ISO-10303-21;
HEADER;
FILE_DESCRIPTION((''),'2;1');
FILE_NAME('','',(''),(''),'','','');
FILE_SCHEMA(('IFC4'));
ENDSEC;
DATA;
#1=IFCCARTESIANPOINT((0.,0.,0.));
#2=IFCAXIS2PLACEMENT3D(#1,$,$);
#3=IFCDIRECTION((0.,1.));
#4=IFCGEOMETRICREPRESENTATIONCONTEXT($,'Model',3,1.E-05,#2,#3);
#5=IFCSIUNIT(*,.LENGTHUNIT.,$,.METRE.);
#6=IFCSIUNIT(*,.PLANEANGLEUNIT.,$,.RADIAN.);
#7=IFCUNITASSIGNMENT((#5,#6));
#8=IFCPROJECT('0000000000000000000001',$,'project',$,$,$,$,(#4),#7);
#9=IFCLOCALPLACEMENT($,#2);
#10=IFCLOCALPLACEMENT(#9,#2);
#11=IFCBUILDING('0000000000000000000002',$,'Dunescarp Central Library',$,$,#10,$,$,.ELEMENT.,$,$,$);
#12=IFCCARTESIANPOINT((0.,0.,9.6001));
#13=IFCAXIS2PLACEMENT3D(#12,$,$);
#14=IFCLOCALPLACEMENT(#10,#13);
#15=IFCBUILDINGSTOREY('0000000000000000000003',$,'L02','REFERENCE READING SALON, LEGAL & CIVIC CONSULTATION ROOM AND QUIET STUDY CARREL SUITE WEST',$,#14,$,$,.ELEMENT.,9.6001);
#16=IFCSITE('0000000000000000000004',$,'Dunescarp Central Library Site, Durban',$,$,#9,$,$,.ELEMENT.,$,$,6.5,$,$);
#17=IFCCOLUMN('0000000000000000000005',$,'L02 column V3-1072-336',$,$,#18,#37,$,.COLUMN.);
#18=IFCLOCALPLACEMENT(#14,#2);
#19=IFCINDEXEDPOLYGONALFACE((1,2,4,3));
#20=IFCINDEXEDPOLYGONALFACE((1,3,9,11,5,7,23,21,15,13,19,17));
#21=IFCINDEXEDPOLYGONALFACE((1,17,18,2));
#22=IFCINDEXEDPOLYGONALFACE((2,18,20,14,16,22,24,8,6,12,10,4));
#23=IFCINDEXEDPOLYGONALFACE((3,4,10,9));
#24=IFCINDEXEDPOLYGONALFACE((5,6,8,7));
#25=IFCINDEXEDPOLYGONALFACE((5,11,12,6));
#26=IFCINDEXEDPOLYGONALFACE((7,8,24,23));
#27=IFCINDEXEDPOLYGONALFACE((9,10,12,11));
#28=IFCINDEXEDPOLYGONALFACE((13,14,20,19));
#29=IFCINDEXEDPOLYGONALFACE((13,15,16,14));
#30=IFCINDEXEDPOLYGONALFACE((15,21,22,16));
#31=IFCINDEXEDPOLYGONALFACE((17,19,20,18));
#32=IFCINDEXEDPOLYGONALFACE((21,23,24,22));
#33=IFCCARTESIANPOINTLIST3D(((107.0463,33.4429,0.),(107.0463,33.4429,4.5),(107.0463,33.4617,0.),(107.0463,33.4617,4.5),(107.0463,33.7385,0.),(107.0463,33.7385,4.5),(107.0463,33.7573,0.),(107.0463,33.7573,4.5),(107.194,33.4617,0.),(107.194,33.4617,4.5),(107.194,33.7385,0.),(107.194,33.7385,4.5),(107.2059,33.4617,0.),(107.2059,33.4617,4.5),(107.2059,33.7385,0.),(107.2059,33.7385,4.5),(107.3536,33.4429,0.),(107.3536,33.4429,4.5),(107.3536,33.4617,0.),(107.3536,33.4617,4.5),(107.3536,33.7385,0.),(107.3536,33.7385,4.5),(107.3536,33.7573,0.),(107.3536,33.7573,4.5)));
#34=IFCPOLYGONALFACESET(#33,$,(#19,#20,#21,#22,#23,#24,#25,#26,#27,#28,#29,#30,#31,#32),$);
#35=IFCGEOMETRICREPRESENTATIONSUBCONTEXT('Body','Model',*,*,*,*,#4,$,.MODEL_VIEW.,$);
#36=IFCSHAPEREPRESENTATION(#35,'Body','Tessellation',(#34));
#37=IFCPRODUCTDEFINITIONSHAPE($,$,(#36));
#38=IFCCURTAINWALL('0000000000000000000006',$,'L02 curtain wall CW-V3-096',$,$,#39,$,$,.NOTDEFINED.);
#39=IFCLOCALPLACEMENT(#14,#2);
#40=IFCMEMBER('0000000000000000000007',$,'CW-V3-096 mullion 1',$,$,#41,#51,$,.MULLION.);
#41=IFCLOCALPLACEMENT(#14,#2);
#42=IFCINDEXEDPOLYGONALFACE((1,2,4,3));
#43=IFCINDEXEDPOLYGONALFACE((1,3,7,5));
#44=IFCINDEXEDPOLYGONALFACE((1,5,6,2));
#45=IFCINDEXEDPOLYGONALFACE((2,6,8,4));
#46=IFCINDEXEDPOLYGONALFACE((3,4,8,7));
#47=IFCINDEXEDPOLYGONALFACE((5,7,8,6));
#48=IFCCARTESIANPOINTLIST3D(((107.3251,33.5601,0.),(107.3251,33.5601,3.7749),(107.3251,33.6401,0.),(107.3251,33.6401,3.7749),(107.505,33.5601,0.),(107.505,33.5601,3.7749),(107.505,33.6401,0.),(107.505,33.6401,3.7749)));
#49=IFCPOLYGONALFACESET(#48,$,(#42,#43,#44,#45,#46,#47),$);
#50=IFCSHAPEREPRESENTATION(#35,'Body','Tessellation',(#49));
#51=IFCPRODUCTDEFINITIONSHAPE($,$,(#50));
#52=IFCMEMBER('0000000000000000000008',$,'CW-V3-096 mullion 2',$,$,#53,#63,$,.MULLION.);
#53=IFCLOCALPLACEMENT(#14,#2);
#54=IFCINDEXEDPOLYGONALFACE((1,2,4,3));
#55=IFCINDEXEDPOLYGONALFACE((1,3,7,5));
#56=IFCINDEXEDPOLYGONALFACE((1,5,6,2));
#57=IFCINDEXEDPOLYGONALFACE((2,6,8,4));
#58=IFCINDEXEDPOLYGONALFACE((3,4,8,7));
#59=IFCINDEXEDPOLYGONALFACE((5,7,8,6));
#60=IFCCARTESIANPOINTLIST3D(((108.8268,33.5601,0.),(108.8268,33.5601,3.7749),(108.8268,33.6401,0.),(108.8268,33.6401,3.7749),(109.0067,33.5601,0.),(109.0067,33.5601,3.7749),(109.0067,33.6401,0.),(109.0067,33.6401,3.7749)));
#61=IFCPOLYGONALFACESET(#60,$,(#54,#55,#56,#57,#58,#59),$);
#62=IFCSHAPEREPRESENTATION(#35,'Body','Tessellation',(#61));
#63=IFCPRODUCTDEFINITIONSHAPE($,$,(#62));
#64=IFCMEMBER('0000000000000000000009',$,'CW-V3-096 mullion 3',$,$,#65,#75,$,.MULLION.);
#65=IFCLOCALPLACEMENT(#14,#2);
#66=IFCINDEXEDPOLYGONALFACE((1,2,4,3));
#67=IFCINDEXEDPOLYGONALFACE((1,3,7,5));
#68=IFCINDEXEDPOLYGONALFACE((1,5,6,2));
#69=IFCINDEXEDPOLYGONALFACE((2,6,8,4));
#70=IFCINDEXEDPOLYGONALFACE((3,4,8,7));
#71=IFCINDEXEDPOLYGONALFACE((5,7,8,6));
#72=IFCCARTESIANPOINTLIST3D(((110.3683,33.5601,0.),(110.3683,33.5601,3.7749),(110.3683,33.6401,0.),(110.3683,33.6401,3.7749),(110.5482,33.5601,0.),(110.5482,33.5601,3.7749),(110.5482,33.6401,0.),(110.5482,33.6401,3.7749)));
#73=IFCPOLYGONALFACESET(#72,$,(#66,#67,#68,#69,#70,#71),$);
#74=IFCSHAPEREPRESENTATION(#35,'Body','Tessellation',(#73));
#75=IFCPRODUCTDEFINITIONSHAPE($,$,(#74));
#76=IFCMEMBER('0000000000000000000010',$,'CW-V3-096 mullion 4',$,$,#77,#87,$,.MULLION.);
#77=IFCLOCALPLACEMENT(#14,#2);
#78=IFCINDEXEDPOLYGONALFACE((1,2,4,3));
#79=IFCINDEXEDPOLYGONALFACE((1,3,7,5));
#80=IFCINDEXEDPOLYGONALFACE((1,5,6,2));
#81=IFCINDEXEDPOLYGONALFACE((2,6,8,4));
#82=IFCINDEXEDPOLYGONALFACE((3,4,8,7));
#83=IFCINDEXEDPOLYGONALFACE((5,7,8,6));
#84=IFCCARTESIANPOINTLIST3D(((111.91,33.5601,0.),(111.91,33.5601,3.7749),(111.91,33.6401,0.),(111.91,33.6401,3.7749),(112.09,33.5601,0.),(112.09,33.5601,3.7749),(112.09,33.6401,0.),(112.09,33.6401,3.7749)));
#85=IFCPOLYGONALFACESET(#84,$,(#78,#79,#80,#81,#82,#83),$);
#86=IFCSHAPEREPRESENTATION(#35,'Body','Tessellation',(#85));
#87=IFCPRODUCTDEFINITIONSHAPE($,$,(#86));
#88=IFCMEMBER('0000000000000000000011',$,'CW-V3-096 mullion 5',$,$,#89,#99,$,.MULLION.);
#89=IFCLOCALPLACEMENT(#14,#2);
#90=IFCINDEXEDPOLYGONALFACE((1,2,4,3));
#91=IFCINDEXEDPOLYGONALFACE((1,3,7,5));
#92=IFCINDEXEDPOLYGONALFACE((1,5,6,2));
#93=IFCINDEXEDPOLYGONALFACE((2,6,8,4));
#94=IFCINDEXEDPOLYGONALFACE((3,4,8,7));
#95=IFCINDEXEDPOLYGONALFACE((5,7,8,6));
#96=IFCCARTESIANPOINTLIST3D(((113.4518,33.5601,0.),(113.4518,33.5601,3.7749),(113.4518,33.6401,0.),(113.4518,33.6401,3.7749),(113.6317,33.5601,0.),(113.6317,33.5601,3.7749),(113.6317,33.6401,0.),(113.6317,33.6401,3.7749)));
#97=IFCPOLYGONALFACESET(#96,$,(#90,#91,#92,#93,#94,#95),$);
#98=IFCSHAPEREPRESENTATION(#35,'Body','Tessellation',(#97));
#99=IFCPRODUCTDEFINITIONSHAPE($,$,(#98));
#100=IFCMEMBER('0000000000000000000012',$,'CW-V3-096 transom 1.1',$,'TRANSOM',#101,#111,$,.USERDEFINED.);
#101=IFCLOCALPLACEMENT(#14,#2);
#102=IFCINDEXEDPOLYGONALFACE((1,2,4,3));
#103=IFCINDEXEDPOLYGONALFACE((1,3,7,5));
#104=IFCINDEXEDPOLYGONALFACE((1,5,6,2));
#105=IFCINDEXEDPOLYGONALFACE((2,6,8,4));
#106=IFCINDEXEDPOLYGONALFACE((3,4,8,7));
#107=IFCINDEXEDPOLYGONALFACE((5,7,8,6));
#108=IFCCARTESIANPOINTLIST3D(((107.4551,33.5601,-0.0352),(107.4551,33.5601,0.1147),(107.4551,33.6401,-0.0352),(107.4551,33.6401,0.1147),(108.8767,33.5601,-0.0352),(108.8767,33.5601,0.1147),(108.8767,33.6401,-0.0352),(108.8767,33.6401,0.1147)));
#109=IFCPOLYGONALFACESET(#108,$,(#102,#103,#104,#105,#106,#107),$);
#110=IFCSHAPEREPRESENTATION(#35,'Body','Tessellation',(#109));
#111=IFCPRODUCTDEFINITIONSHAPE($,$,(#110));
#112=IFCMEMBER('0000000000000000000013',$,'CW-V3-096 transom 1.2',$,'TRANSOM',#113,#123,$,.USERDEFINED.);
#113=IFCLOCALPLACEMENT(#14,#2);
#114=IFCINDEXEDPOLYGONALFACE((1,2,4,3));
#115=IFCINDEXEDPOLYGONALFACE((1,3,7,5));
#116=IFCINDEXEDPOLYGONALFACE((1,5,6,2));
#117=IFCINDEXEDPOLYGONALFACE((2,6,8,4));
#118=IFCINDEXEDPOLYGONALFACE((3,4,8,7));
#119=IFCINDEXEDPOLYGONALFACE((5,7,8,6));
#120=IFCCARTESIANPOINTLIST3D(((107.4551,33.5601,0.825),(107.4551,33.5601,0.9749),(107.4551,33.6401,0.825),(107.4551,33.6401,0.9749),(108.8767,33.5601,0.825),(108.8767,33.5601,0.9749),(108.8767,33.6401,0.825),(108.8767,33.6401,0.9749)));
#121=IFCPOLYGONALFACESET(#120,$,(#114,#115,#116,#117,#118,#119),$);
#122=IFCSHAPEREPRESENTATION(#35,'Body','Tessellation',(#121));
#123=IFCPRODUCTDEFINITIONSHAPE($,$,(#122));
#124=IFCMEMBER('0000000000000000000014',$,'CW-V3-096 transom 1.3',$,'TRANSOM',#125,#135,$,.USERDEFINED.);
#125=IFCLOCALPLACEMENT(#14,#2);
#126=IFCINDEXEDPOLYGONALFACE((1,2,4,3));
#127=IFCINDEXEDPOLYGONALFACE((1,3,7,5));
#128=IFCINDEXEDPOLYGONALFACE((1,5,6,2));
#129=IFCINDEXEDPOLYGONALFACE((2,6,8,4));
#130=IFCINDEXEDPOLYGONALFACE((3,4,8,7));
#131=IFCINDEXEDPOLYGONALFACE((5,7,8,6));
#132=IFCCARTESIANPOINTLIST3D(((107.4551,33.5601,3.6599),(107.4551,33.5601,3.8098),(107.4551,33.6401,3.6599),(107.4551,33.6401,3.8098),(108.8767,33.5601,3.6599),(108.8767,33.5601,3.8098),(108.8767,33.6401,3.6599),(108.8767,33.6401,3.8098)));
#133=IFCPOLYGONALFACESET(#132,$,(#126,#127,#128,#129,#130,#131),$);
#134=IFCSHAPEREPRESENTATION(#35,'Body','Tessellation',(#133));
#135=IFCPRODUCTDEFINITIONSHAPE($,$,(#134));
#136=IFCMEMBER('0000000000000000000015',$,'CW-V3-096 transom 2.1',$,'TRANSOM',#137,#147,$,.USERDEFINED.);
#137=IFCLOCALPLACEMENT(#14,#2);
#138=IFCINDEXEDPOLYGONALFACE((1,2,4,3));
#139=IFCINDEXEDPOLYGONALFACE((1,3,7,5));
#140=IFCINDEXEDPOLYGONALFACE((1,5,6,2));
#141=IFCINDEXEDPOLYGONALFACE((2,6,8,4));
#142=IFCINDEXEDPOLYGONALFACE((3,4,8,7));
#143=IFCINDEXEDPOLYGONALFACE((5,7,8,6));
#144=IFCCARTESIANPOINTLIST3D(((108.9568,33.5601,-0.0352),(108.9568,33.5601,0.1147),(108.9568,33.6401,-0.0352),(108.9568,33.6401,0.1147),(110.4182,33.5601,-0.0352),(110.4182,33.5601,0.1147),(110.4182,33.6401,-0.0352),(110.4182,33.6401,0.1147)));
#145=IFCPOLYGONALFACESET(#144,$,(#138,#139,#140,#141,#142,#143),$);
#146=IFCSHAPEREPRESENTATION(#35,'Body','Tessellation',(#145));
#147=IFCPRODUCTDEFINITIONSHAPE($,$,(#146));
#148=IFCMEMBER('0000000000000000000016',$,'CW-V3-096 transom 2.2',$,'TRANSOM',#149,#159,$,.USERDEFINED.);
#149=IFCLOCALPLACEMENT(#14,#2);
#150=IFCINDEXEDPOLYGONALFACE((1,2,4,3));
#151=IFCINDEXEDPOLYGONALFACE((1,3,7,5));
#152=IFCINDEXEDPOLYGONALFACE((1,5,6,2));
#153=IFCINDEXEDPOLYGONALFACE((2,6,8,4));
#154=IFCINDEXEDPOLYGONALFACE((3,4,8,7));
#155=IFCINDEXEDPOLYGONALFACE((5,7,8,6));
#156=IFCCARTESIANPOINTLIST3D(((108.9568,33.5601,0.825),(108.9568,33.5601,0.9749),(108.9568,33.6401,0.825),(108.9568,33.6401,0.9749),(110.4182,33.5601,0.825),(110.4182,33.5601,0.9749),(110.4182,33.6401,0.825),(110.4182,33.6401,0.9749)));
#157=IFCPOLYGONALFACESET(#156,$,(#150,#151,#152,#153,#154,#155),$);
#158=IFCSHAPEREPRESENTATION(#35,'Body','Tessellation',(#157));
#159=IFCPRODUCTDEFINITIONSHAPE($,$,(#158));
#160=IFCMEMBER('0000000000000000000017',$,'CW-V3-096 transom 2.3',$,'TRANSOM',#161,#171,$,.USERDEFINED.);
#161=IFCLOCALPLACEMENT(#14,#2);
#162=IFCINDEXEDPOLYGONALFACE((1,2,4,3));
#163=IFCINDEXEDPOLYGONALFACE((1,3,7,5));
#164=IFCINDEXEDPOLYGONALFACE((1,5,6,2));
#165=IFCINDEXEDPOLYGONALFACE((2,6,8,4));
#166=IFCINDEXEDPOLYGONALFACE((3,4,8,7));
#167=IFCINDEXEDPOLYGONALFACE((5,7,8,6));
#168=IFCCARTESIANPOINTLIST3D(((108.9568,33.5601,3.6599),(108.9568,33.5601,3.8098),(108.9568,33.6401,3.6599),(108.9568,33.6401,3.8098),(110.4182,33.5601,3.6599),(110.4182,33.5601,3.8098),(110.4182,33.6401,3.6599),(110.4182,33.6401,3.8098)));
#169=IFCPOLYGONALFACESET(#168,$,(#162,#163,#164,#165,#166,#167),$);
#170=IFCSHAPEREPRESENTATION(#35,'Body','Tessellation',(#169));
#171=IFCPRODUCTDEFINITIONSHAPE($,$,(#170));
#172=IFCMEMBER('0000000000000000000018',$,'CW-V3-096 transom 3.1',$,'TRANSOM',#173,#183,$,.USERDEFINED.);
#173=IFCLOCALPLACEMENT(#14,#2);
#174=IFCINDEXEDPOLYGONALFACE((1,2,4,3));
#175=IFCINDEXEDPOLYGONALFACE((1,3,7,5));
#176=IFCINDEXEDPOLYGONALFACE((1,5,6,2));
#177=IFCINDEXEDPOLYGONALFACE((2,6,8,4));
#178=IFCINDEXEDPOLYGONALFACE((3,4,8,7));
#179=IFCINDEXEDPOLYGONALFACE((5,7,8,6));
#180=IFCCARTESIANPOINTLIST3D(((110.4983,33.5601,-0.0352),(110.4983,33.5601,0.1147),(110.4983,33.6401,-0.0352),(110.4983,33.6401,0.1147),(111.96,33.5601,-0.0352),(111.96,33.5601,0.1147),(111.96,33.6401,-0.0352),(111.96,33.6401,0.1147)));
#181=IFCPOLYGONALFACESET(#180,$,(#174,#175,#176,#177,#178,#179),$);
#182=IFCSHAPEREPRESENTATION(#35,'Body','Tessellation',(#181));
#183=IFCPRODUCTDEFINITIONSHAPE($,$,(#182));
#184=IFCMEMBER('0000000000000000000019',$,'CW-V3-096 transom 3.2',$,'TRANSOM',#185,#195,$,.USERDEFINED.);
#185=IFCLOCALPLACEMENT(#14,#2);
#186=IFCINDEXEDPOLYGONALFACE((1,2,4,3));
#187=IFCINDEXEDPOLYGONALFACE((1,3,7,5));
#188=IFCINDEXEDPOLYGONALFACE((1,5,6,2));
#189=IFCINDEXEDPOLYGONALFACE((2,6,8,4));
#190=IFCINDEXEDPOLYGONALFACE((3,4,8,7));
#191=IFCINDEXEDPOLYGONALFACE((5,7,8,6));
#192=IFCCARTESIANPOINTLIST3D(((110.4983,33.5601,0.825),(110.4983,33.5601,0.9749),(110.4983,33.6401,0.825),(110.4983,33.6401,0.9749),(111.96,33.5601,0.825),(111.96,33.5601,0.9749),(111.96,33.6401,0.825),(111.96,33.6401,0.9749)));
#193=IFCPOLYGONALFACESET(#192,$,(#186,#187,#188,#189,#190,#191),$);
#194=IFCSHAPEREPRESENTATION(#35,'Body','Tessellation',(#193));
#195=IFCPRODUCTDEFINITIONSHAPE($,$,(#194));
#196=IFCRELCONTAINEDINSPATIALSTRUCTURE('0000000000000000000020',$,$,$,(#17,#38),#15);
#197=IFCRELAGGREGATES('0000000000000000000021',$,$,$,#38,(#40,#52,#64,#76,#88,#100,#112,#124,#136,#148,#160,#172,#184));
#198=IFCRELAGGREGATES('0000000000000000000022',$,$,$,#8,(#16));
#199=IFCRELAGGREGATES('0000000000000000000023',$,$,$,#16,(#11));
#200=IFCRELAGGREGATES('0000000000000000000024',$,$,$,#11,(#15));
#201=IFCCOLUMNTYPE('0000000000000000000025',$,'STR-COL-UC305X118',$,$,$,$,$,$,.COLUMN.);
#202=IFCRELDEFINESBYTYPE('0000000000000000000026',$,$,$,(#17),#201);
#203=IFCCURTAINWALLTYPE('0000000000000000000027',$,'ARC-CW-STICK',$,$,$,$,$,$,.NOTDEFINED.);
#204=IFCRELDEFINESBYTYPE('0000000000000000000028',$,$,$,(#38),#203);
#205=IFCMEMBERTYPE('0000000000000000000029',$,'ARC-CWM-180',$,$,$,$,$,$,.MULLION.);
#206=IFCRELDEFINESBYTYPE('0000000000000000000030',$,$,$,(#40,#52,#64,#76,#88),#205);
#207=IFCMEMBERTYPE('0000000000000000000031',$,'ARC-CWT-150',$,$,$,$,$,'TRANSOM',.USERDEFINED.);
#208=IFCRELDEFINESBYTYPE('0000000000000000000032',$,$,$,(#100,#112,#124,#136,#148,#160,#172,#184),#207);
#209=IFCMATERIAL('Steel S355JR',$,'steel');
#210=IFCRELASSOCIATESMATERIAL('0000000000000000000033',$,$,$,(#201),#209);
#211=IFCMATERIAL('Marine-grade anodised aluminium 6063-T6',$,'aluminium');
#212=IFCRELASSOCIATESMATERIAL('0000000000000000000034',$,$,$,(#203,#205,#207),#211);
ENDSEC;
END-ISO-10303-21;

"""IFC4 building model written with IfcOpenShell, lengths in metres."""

from ifc_helpers import new_model, si_unit, direction, frame, origin, origin_2d, place, context, subcontext, project, spatial, rectangle, i_section, extrude, material, material_profile, profile_set, type_object, element, aggregate, save


model = new_model("IFC4")

# Units and contexts
model_context = context("Model", 3, precision=1e-05, world=origin(), true_north=direction((0.0, 1.0)))
body_context = subcontext(model_context, "Body", "Model", "MODEL_VIEW")
ifc_project = project(units=[si_unit("LENGTHUNIT", "METRE"), si_unit("PLANEANGLEUNIT", "RADIAN")], contexts=[model_context])

# Site, building, storey
site_placement = place(None, origin())
site = spatial("IfcSite", under=ifc_project, at=site_placement, Name="Dunescarp Central Library Site, Durban", CompositionType="ELEMENT", RefElevation=6.5)
building_placement = place(site_placement, origin())
building = spatial("IfcBuilding", under=site, at=building_placement, Name="Dunescarp Central Library", CompositionType="ELEMENT")
storey_placement = place(building_placement, frame((0.0, 0.0, 9.6001)))
storey = spatial("IfcBuildingStorey", under=building, at=storey_placement, Name="L02", Description="REFERENCE READING SALON, LEGAL & CIVIC CONSULTATION ROOM AND QUIET STUDY CARREL SUITE WEST", CompositionType="ELEMENT", Elevation=9.6001)

# Column
ifc_material_1 = material(Name="Steel S355JR", Category="steel")
ifc_material_profile_1 = material_profile(ifc_material_1, i_section(OverallWidth=0.3074, OverallDepth=0.3145, WebThickness=0.012, FlangeThickness=0.0188, at=origin_2d()), Name="UC 305x305x118")
ifc_profile_set_1 = profile_set([ifc_material_profile_1], Name="Steel S355JR")
column_type = type_object("IfcColumnType", Name="STR-COL-UC305X118", PredefinedType="COLUMN", material=ifc_profile_set_1)
column_placement = place(storey_placement, frame((107.2, 33.6001, 0.0), z_axis=(0.0, 0.0, 1.0), x_axis=(1.0, 0.0, 0.0)))
element("IfcColumn", 1, at=column_placement, inside=storey, type_object=column_type, Name="L02 column V3-1072-336", PredefinedType="COLUMN", context=body_context, shape_type="SweptSolid", body=[
    extrude(i_section(OverallWidth=0.3074, OverallDepth=0.3145, WebThickness=0.012, FlangeThickness=0.0188, at=origin_2d()), origin(), (0.0, 0.0, 1.0), 4.5),
])

# Curtain wall, members
ifc_material_2 = material(Name="Marine-grade anodised aluminium 6063-T6", Category="aluminium")
curtain_wall_type = type_object("IfcCurtainWallType", Name="ARC-CW-STICK", PredefinedType="NOTDEFINED", material=ifc_material_2)
curtain_wall_placement = place(storey_placement, origin())
curtain_wall = element("IfcCurtainWall", 2, at=curtain_wall_placement, inside=storey, type_object=curtain_wall_type, Name="L02 curtain wall CW-V3-096", PredefinedType="NOTDEFINED")
ifc_material_profile_2 = material_profile(ifc_material_2, rectangle(XDim=0.0801, YDim=0.1799, at=origin_2d()), Name="AL 80x180")
ifc_profile_set_2 = profile_set([ifc_material_profile_2], Name="Marine-grade anodised aluminium 6063-T6")
member_type_1 = type_object("IfcMemberType", Name="ARC-CWM-180", PredefinedType="MULLION", material=ifc_profile_set_2)
member_1_placement = place(storey_placement, frame((107.415, 33.6001, 0.0), z_axis=(0.0, 0.0, 1.0), x_axis=(0.0, 1.0, 0.0)))
member_1 = element("IfcMember", 3, at=member_1_placement, type_object=member_type_1, Name="CW-V3-096 mullion 1", PredefinedType="MULLION", context=body_context, shape_type="SweptSolid", body=[
    extrude(rectangle(XDim=0.0801, YDim=0.1799, at=origin_2d()), origin(), (0.0, 0.0, 1.0), 3.7749),
])
member_2_placement = place(storey_placement, frame((108.9167, 33.6001, 0.0), z_axis=(0.0, 0.0, 1.0), x_axis=(0.0, 1.0, 0.0)))
member_2 = element("IfcMember", 4, at=member_2_placement, type_object=member_type_1, Name="CW-V3-096 mullion 2", PredefinedType="MULLION", context=body_context, shape_type="SweptSolid", body=[
    extrude(rectangle(XDim=0.0801, YDim=0.1799, at=origin_2d()), origin(), (0.0, 0.0, 1.0), 3.7749),
])
member_3_placement = place(storey_placement, frame((110.4583, 33.6001, 0.0), z_axis=(0.0, 0.0, 1.0), x_axis=(0.0, 1.0, 0.0)))
member_3 = element("IfcMember", 5, at=member_3_placement, type_object=member_type_1, Name="CW-V3-096 mullion 3", PredefinedType="MULLION", context=body_context, shape_type="SweptSolid", body=[
    extrude(rectangle(XDim=0.0801, YDim=0.1799, at=origin_2d()), origin(), (0.0, 0.0, 1.0), 3.7749),
])
member_4_placement = place(storey_placement, frame((112.0, 33.6001, 0.0), z_axis=(0.0, 0.0, 1.0), x_axis=(0.0, 1.0, 0.0)))
member_4 = element("IfcMember", 6, at=member_4_placement, type_object=member_type_1, Name="CW-V3-096 mullion 4", PredefinedType="MULLION", context=body_context, shape_type="SweptSolid", body=[
    extrude(rectangle(XDim=0.0801, YDim=0.1799, at=origin_2d()), origin(), (0.0, 0.0, 1.0), 3.7749),
])
member_5_placement = place(storey_placement, frame((113.5417, 33.6001, 0.0), z_axis=(0.0, 0.0, 1.0), x_axis=(0.0, 1.0, 0.0)))
member_5 = element("IfcMember", 7, at=member_5_placement, type_object=member_type_1, Name="CW-V3-096 mullion 5", PredefinedType="MULLION", context=body_context, shape_type="SweptSolid", body=[
    extrude(rectangle(XDim=0.0801, YDim=0.1799, at=origin_2d()), origin(), (0.0, 0.0, 1.0), 3.7749),
])
ifc_material_profile_3 = material_profile(ifc_material_2, rectangle(XDim=0.0801, YDim=0.1499, at=origin_2d()), Name="AL 80x150")
ifc_profile_set_3 = profile_set([ifc_material_profile_3], Name="Marine-grade anodised aluminium 6063-T6")
member_type_2 = type_object("IfcMemberType", Name="ARC-CWT-150", ElementType="TRANSOM", PredefinedType="USERDEFINED", material=ifc_profile_set_3)
member_6_placement = place(storey_placement, frame((107.4551, 33.6001, 0.0398), z_axis=(1.0, 0.0, 0.0), x_axis=(0.0, 1.0, 0.0)))
member_6 = element("IfcMember", 8, at=member_6_placement, type_object=member_type_2, Name="CW-V3-096 transom 1.1", ObjectType="TRANSOM", PredefinedType="USERDEFINED", context=body_context, shape_type="SweptSolid", body=[
    extrude(rectangle(XDim=0.0801, YDim=0.1499, at=origin_2d()), origin(), (0.0, 0.0, 1.0), 1.4216),
])
member_7_placement = place(storey_placement, frame((107.4551, 33.6001, 0.8999), z_axis=(1.0, 0.0, 0.0), x_axis=(0.0, 1.0, 0.0)))
member_7 = element("IfcMember", 9, at=member_7_placement, type_object=member_type_2, Name="CW-V3-096 transom 1.2", ObjectType="TRANSOM", PredefinedType="USERDEFINED", context=body_context, shape_type="SweptSolid", body=[
    extrude(rectangle(XDim=0.0801, YDim=0.1499, at=origin_2d()), origin(), (0.0, 0.0, 1.0), 1.4216),
])
member_8_placement = place(storey_placement, frame((107.4551, 33.6001, 3.7349), z_axis=(1.0, 0.0, 0.0), x_axis=(0.0, 1.0, 0.0)))
member_8 = element("IfcMember", 10, at=member_8_placement, type_object=member_type_2, Name="CW-V3-096 transom 1.3", ObjectType="TRANSOM", PredefinedType="USERDEFINED", context=body_context, shape_type="SweptSolid", body=[
    extrude(rectangle(XDim=0.0801, YDim=0.1499, at=origin_2d()), origin(), (0.0, 0.0, 1.0), 1.4216),
])
member_9_placement = place(storey_placement, frame((108.9568, 33.6001, 0.0398), z_axis=(1.0, 0.0, 0.0), x_axis=(0.0, 1.0, 0.0)))
member_9 = element("IfcMember", 11, at=member_9_placement, type_object=member_type_2, Name="CW-V3-096 transom 2.1", ObjectType="TRANSOM", PredefinedType="USERDEFINED", context=body_context, shape_type="SweptSolid", body=[
    extrude(rectangle(XDim=0.0801, YDim=0.1499, at=origin_2d()), origin(), (0.0, 0.0, 1.0), 1.4614),
])
member_10_placement = place(storey_placement, frame((108.9568, 33.6001, 0.8999), z_axis=(1.0, 0.0, 0.0), x_axis=(0.0, 1.0, 0.0)))
member_10 = element("IfcMember", 12, at=member_10_placement, type_object=member_type_2, Name="CW-V3-096 transom 2.2", ObjectType="TRANSOM", PredefinedType="USERDEFINED", context=body_context, shape_type="SweptSolid", body=[
    extrude(rectangle(XDim=0.0801, YDim=0.1499, at=origin_2d()), origin(), (0.0, 0.0, 1.0), 1.4614),
])
member_11_placement = place(storey_placement, frame((108.9568, 33.6001, 3.7349), z_axis=(1.0, 0.0, 0.0), x_axis=(0.0, 1.0, 0.0)))
member_11 = element("IfcMember", 13, at=member_11_placement, type_object=member_type_2, Name="CW-V3-096 transom 2.3", ObjectType="TRANSOM", PredefinedType="USERDEFINED", context=body_context, shape_type="SweptSolid", body=[
    extrude(rectangle(XDim=0.0801, YDim=0.1499, at=origin_2d()), origin(), (0.0, 0.0, 1.0), 1.4614),
])
member_12_placement = place(storey_placement, frame((110.4983, 33.6001, 0.0398), z_axis=(1.0, 0.0, 0.0), x_axis=(0.0, 1.0, 0.0)))
member_12 = element("IfcMember", 14, at=member_12_placement, type_object=member_type_2, Name="CW-V3-096 transom 3.1", ObjectType="TRANSOM", PredefinedType="USERDEFINED", context=body_context, shape_type="SweptSolid", body=[
    extrude(rectangle(XDim=0.0801, YDim=0.1499, at=origin_2d()), origin(), (0.0, 0.0, 1.0), 1.4617),
])
member_13_placement = place(storey_placement, frame((110.4983, 33.6001, 0.8999), z_axis=(1.0, 0.0, 0.0), x_axis=(0.0, 1.0, 0.0)))
member_13 = element("IfcMember", 15, at=member_13_placement, type_object=member_type_2, Name="CW-V3-096 transom 3.2", ObjectType="TRANSOM", PredefinedType="USERDEFINED", context=body_context, shape_type="SweptSolid", body=[
    extrude(rectangle(XDim=0.0801, YDim=0.1499, at=origin_2d()), origin(), (0.0, 0.0, 1.0), 1.4617),
])

aggregate(curtain_wall, [member_1, member_2, member_3, member_4, member_5, member_6, member_7, member_8, member_9, member_10, member_11, member_12, member_13])

save(model, "model.ifc")
